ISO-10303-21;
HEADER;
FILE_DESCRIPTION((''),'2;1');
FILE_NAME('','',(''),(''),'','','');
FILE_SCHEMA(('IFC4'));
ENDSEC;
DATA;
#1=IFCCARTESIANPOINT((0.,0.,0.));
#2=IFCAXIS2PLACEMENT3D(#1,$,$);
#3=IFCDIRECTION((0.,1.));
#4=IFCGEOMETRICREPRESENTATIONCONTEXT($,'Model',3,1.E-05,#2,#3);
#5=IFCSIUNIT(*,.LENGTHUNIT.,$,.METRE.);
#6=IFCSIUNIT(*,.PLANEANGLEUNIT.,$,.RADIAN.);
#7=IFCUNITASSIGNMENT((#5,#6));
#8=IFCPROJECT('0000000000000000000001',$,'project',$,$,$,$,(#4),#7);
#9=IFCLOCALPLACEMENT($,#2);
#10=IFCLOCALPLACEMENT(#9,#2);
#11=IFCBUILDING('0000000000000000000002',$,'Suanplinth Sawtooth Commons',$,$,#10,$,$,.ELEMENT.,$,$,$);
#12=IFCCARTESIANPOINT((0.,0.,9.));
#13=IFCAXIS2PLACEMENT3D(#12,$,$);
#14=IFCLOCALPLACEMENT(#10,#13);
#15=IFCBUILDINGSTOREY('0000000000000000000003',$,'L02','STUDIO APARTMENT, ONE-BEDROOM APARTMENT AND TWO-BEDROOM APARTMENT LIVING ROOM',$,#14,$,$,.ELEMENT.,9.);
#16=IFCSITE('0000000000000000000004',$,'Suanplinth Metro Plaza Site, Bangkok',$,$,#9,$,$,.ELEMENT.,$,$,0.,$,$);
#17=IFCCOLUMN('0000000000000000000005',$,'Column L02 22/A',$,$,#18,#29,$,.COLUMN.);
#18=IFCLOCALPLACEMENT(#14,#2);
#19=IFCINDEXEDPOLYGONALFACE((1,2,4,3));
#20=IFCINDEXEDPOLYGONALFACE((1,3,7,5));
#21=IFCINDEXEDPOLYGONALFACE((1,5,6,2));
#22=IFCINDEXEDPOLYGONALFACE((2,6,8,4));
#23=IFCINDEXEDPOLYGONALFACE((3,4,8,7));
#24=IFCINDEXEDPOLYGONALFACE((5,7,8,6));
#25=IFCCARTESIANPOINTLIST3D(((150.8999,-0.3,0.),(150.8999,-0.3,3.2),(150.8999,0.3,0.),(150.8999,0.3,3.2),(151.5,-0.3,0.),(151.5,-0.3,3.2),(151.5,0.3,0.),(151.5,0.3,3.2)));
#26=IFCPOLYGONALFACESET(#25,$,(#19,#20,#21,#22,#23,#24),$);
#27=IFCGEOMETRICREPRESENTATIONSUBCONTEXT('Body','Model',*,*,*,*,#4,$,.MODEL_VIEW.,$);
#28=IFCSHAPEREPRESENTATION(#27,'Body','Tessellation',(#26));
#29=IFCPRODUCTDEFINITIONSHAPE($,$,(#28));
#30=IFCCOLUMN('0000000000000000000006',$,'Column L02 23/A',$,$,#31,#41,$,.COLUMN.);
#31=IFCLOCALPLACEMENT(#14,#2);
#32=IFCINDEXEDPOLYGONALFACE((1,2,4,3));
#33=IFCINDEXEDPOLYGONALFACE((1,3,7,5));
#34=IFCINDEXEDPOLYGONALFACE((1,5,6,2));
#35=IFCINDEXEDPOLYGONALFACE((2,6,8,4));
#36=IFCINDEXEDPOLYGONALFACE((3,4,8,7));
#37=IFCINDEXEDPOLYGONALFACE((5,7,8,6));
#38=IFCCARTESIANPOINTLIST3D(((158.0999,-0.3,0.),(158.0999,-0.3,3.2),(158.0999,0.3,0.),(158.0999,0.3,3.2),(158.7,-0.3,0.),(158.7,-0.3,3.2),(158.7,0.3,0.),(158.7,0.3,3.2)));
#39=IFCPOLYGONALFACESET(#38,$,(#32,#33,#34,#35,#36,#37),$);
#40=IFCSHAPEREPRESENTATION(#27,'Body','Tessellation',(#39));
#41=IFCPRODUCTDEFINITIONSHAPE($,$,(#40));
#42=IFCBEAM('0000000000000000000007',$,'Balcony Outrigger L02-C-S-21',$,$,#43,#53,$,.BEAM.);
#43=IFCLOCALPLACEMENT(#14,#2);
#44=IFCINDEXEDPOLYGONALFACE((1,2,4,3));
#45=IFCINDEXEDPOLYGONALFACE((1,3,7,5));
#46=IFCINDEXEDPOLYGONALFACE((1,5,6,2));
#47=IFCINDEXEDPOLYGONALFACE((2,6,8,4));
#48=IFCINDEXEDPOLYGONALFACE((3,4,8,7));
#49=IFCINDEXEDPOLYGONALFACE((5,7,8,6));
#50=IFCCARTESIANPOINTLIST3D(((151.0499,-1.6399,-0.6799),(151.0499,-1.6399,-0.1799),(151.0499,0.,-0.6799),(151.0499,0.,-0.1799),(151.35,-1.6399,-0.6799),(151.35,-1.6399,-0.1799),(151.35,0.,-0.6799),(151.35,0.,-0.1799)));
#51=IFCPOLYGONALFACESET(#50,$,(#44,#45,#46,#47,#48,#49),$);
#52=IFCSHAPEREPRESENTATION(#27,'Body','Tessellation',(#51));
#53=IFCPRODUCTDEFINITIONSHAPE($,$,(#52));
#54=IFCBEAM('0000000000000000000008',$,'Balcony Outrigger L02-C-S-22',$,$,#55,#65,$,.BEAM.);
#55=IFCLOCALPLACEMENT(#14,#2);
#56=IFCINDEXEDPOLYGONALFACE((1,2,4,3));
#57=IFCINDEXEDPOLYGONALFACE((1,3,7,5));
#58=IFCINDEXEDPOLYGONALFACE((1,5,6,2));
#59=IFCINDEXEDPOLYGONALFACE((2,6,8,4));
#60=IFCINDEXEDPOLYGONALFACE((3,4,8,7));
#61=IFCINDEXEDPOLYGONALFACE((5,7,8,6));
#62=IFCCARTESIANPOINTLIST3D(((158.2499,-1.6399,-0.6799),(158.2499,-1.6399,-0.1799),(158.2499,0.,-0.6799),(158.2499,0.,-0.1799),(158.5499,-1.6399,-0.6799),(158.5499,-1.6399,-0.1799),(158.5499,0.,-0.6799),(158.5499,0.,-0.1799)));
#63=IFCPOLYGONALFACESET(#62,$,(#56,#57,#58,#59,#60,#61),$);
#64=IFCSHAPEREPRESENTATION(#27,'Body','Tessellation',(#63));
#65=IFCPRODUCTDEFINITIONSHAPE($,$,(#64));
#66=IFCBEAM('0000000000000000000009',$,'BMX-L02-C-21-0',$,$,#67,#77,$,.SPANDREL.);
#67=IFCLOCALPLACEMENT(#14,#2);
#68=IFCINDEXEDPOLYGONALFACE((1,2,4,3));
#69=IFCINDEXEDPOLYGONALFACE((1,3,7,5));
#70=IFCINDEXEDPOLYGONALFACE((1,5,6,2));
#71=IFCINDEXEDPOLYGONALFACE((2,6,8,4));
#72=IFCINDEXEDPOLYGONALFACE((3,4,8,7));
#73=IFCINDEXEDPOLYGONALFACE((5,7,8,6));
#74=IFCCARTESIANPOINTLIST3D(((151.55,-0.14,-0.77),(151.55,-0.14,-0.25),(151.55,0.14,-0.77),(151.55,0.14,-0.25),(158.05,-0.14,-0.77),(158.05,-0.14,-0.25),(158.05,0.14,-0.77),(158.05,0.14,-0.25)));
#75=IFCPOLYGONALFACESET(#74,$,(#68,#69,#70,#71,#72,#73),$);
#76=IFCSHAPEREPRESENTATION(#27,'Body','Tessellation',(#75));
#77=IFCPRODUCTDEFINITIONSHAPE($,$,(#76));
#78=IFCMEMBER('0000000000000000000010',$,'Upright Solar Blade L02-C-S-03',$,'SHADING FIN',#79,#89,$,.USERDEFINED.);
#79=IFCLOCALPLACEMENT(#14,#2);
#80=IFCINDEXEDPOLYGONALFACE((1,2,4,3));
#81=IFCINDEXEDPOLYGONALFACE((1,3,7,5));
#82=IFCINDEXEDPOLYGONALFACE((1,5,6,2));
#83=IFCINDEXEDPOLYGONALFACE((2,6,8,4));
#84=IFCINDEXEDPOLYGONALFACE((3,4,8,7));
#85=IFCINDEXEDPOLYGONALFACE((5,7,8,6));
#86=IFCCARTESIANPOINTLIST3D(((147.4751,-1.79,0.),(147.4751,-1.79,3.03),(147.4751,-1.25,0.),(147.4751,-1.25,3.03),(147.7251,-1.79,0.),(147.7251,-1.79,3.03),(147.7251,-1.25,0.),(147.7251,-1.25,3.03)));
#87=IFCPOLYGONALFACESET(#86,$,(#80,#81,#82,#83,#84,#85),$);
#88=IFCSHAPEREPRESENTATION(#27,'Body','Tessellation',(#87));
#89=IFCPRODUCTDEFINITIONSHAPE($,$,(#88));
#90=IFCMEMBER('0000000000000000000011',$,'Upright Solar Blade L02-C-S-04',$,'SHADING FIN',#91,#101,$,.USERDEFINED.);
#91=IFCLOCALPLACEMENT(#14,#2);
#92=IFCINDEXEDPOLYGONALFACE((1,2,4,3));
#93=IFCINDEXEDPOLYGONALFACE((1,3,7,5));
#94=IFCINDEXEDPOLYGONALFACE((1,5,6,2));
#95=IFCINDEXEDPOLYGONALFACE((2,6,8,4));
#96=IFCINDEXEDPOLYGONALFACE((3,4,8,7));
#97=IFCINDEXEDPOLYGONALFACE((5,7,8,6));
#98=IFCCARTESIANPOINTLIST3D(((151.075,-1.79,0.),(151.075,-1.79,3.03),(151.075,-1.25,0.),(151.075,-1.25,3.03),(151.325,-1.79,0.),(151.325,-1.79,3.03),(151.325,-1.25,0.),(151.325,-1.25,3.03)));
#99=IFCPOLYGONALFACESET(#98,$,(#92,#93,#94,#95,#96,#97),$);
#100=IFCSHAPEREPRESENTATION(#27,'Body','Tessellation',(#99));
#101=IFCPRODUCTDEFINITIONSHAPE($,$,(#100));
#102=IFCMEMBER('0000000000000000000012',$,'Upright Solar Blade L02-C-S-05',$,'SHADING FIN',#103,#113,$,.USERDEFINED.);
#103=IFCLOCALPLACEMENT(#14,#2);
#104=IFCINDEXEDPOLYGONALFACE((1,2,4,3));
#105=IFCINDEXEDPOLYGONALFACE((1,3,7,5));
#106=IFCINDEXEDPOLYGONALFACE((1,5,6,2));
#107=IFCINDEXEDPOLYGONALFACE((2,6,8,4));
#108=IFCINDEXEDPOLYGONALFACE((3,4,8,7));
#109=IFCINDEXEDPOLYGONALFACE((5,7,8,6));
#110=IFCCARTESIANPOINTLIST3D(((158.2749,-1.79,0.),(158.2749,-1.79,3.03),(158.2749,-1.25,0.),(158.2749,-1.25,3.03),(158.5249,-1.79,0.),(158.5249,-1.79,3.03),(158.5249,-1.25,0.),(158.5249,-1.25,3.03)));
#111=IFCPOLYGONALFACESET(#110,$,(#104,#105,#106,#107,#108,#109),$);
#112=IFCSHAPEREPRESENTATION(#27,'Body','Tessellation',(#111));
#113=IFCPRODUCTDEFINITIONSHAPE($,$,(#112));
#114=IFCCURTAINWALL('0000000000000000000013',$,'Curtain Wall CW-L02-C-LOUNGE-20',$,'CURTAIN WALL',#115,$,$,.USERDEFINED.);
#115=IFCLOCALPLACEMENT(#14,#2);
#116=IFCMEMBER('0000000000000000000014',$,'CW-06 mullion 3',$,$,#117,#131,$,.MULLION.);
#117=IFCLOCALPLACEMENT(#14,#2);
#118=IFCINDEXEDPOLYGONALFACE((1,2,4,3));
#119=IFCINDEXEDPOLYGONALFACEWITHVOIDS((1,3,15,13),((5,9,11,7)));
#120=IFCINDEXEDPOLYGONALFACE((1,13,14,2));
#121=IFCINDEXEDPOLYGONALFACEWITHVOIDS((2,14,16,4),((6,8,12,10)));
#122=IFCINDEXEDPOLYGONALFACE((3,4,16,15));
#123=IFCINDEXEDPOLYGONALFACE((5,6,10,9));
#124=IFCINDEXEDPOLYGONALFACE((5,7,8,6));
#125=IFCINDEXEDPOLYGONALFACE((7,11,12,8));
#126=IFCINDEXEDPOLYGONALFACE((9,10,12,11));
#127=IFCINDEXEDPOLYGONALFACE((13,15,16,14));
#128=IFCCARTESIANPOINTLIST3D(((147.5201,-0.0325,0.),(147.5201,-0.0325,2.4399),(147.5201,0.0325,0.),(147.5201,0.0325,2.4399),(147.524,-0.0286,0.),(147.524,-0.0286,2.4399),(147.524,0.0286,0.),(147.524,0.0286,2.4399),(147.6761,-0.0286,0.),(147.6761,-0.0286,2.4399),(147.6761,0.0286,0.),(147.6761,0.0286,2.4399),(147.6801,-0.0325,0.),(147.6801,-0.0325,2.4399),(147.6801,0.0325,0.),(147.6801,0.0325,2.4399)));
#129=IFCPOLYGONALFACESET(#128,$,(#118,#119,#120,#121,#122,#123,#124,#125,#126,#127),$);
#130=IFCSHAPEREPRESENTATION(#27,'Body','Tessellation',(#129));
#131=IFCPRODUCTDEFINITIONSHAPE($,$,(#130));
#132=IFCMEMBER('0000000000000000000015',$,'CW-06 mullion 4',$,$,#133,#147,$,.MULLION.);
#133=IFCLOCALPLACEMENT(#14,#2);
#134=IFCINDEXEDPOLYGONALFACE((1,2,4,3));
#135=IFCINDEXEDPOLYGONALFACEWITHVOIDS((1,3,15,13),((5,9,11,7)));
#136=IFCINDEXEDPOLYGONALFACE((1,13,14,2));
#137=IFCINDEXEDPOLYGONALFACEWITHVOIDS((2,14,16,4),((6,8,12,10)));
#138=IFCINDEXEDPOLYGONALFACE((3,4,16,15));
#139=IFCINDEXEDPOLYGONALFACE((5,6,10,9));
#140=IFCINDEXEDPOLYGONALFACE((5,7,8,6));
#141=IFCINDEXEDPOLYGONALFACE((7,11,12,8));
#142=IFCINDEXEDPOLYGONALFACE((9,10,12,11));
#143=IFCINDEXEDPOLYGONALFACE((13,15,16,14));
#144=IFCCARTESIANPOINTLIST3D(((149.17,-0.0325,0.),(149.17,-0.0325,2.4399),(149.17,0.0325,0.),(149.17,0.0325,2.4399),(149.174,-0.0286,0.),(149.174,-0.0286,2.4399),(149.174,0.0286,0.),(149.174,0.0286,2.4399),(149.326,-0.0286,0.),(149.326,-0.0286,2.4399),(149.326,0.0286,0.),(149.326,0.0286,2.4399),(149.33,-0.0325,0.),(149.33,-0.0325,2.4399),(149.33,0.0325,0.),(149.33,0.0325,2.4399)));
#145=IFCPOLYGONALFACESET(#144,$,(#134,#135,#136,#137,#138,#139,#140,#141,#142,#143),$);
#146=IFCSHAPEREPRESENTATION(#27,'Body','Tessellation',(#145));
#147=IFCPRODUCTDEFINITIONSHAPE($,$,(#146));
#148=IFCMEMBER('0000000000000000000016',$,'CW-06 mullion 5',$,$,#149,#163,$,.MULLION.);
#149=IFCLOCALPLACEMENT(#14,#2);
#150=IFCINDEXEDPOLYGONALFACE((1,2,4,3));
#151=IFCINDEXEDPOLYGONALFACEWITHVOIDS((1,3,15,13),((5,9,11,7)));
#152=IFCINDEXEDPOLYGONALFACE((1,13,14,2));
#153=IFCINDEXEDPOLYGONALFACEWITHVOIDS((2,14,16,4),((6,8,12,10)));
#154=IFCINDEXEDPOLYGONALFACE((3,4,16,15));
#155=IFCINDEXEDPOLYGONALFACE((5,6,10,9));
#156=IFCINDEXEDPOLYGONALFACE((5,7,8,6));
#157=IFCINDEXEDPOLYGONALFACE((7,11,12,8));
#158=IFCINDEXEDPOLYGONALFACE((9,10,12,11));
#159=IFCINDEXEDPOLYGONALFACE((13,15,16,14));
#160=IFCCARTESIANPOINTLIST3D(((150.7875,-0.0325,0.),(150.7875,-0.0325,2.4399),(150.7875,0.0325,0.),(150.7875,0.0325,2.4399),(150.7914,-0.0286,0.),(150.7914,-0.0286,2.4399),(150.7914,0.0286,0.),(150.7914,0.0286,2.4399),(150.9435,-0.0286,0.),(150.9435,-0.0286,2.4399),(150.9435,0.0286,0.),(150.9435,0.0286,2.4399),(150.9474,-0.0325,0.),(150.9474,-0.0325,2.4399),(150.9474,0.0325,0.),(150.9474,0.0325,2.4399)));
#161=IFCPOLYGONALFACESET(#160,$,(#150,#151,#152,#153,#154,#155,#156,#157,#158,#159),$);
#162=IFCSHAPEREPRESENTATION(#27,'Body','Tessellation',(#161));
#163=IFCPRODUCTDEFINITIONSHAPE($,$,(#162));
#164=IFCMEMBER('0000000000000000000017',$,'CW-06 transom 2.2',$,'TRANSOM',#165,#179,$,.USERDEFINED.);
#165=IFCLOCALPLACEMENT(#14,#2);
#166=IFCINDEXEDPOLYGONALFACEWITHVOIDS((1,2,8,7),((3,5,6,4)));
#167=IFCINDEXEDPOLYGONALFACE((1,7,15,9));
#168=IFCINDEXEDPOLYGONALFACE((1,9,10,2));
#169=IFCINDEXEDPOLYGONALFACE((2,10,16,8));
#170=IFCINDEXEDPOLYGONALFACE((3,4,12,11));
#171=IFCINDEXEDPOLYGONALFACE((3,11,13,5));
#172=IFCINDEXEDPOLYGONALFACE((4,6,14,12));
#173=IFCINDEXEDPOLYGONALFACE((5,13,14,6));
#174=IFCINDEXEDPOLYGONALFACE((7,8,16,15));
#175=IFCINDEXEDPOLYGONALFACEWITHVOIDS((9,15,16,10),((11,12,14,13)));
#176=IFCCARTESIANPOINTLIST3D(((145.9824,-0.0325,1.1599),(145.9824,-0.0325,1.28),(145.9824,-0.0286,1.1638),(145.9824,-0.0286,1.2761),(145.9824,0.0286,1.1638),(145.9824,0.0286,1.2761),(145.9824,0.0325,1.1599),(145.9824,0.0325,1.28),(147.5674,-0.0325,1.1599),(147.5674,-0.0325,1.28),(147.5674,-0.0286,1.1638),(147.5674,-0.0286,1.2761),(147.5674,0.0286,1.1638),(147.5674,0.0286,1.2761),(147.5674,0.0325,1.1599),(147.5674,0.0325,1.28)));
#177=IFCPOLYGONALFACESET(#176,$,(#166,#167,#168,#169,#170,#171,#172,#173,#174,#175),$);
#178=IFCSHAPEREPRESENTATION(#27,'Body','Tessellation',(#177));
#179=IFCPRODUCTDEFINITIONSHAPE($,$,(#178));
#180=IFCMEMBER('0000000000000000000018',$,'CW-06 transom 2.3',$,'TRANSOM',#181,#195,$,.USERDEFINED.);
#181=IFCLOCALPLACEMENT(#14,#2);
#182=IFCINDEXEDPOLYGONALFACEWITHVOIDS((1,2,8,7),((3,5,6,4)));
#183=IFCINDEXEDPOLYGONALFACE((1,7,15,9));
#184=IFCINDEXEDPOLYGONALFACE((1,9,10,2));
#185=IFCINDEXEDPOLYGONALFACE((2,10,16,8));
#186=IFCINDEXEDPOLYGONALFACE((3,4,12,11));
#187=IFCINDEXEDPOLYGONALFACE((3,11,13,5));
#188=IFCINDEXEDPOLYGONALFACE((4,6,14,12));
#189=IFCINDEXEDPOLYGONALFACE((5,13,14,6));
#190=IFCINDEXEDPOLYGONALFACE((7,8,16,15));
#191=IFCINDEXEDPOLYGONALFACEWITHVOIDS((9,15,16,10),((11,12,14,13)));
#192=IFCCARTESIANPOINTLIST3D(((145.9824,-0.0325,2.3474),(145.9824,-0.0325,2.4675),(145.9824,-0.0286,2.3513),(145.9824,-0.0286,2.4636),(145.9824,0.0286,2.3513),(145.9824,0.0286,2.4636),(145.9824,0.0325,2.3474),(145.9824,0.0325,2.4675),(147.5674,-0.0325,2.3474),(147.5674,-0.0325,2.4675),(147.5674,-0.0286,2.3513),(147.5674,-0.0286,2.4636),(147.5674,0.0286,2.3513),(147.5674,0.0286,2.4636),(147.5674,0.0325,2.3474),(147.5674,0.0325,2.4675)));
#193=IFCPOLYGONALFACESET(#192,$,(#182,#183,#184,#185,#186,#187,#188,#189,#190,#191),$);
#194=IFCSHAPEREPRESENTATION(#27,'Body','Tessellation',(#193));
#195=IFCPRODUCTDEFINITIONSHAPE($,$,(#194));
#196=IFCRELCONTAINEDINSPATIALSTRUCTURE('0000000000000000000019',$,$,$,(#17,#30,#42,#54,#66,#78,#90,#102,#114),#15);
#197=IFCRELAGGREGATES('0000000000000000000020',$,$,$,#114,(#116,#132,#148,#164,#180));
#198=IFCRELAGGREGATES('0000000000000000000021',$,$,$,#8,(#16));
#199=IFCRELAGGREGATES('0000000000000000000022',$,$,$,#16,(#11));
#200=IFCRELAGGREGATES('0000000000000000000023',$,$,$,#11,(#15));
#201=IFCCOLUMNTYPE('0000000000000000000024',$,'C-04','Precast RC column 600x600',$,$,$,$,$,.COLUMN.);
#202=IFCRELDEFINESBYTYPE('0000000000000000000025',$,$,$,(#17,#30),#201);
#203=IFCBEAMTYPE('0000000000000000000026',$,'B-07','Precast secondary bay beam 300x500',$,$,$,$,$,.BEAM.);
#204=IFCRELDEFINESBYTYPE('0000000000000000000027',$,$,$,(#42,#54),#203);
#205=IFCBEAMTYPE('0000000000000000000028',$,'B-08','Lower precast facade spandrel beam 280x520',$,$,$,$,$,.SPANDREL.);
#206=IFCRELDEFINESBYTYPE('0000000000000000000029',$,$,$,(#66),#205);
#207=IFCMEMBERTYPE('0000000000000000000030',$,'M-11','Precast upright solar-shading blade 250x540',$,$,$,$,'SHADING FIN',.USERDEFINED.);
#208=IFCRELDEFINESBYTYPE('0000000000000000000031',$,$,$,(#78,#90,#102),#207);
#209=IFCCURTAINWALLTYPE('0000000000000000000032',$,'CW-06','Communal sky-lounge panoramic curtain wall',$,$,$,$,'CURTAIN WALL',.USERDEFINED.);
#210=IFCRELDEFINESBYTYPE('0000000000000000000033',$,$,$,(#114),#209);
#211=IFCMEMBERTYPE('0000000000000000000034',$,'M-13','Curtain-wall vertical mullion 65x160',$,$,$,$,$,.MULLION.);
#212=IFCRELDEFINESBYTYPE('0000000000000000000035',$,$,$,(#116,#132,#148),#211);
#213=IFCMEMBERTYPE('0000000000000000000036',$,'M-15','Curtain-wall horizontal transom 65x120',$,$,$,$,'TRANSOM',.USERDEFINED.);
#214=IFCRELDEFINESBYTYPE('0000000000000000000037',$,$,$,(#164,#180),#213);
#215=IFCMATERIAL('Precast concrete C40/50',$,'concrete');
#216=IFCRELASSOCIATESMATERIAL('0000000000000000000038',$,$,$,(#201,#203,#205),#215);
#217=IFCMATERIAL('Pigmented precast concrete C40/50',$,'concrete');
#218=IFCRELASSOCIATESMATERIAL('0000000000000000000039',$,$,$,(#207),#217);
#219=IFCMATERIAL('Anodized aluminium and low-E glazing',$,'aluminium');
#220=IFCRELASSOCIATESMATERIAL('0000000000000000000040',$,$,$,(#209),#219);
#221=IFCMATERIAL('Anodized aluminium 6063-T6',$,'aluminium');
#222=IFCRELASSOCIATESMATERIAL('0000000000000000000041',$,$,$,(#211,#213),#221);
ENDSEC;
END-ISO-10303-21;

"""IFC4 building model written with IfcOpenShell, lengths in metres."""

from ifc_helpers import new_model, si_unit, direction, frame, origin, origin_2d, place, context, subcontext, project, spatial, rectangle, hollow_rectangle, extrude, material, material_profile, profile_set, type_object, element, aggregate, save


model = new_model("IFC4")

# Units and contexts
model_context = context("Model", 3, precision=1e-05, world=origin(), true_north=direction((0.0, 1.0)))
body_context = subcontext(model_context, "Body", "Model", "MODEL_VIEW")
ifc_project = project(units=[si_unit("LENGTHUNIT", "METRE"), si_unit("PLANEANGLEUNIT", "RADIAN")], contexts=[model_context])

# Site, building, storey
site_placement = place(None, origin())
site = spatial("IfcSite", under=ifc_project, at=site_placement, Name="Suanplinth Metro Plaza Site, Bangkok", CompositionType="ELEMENT", RefElevation=0.0)
building_placement = place(site_placement, origin())
building = spatial("IfcBuilding", under=site, at=building_placement, Name="Suanplinth Sawtooth Commons", CompositionType="ELEMENT")
storey_placement = place(building_placement, frame((0.0, 0.0, 9.0)))
storey = spatial("IfcBuildingStorey", under=building, at=storey_placement, Name="L02", Description="STUDIO APARTMENT, ONE-BEDROOM APARTMENT AND TWO-BEDROOM APARTMENT LIVING ROOM", CompositionType="ELEMENT", Elevation=9.0)

# Columns
ifc_material_1 = material(Name="Precast concrete C40/50", Category="concrete")
ifc_material_profile_1 = material_profile(ifc_material_1, rectangle(XDim=0.6001, YDim=0.6001, at=origin_2d()), Name="PC-COL 600x600")
ifc_profile_set_1 = profile_set([ifc_material_profile_1], Name="Precast concrete C40/50")
column_type = type_object("IfcColumnType", Name="C-04", Description="Precast RC column 600x600", PredefinedType="COLUMN", material=ifc_profile_set_1)
for number, where, z_axis, x_axis, name in (
    (1, (151.2, 0.0, 0.0), (0.0, 0.0, 1.0), (1.0, 0.0, 0.0), "Column L02 22/A"),
    (2, (158.3999, 0.0, 0.0), (0.0, 0.0, 1.0), (1.0, 0.0, 0.0), "Column L02 23/A"),
):
    element("IfcColumn", number, at=place(storey_placement, frame(where, z_axis=z_axis, x_axis=x_axis)), inside=storey, type_object=column_type, Name=name, PredefinedType="COLUMN", context=body_context, shape_type="SweptSolid", body=[
        extrude(rectangle(XDim=0.6001, YDim=0.6001, at=origin_2d()), origin(), (0.0, 0.0, 1.0), 3.2),
    ])

# Beams
ifc_material_profile_2 = material_profile(ifc_material_1, rectangle(XDim=0.3, YDim=0.5, at=origin_2d()), Name="PC-BM 300x500")
ifc_profile_set_2 = profile_set([ifc_material_profile_2], Name="Precast concrete C40/50")
beam_type_1 = type_object("IfcBeamType", Name="B-07", Description="Precast secondary bay beam 300x500", PredefinedType="BEAM", material=ifc_profile_set_2)
for number, where, z_axis, x_axis, name in (
    (3, (151.2, 0.0, -0.4299), (0.0, -1.0, 0.0), (1.0, 0.0, 0.0), "Balcony Outrigger L02-C-S-21"),
    (4, (158.3999, 0.0, -0.4299), (0.0, -1.0, 0.0), (1.0, 0.0, 0.0), "Balcony Outrigger L02-C-S-22"),
):
    element("IfcBeam", number, at=place(storey_placement, frame(where, z_axis=z_axis, x_axis=x_axis)), inside=storey, type_object=beam_type_1, Name=name, PredefinedType="BEAM", context=body_context, shape_type="SweptSolid", body=[
        extrude(rectangle(XDim=0.3, YDim=0.5, at=origin_2d()), origin(), (0.0, 0.0, 1.0), 1.6399),
    ])
ifc_material_profile_3 = material_profile(ifc_material_1, rectangle(XDim=0.28, YDim=0.52, at=origin_2d()), Name="PC-SP 280x520")
ifc_profile_set_3 = profile_set([ifc_material_profile_3], Name="Precast concrete C40/50")
beam_type_2 = type_object("IfcBeamType", Name="B-08", Description="Lower precast facade spandrel beam 280x520", PredefinedType="SPANDREL", material=ifc_profile_set_3)
beam_placement = place(storey_placement, frame((151.55, 0.0, -0.51), z_axis=(1.0, 0.0, 0.0), x_axis=(0.0, 1.0, 0.0)))
element("IfcBeam", 5, at=beam_placement, inside=storey, type_object=beam_type_2, Name="BMX-L02-C-21-0", PredefinedType="SPANDREL", context=body_context, shape_type="SweptSolid", body=[
    extrude(rectangle(XDim=0.28, YDim=0.52, at=origin_2d()), origin(), (0.0, 0.0, 1.0), 6.5),
])

# Members
ifc_material_2 = material(Name="Pigmented precast concrete C40/50", Category="concrete")
ifc_material_profile_4 = material_profile(ifc_material_2, rectangle(XDim=0.25, YDim=0.54, at=origin_2d()), Name="PC-FIN 250x540")
ifc_profile_set_4 = profile_set([ifc_material_profile_4], Name="Pigmented precast concrete C40/50")
member_type_1 = type_object("IfcMemberType", Name="M-11", Description="Precast upright solar-shading blade 250x540", ElementType="SHADING FIN", PredefinedType="USERDEFINED", material=ifc_profile_set_4)
for number, where, z_axis, x_axis, name in (
    (6, (147.6001, -1.52, 0.0), (0.0, 0.0, 1.0), (1.0, 0.0, 0.0), "Upright Solar Blade L02-C-S-03"),
    (7, (151.2, -1.52, 0.0), (0.0, 0.0, 1.0), (1.0, 0.0, 0.0), "Upright Solar Blade L02-C-S-04"),
    (8, (158.3999, -1.52, 0.0), (0.0, 0.0, 1.0), (1.0, 0.0, 0.0), "Upright Solar Blade L02-C-S-05"),
):
    element("IfcMember", number, at=place(storey_placement, frame(where, z_axis=z_axis, x_axis=x_axis)), inside=storey, type_object=member_type_1, Name=name, ObjectType="SHADING FIN", PredefinedType="USERDEFINED", context=body_context, shape_type="SweptSolid", body=[
        extrude(rectangle(XDim=0.25, YDim=0.54, at=origin_2d()), origin(), (0.0, 0.0, 1.0), 3.03),
    ])

# Curtain wall, members
ifc_material_3 = material(Name="Anodized aluminium and low-E glazing", Category="aluminium")
curtain_wall_type = type_object("IfcCurtainWallType", Name="CW-06", Description="Communal sky-lounge panoramic curtain wall", ElementType="CURTAIN WALL", PredefinedType="USERDEFINED", material=ifc_material_3)
curtain_wall_placement = place(storey_placement, origin())
curtain_wall = element("IfcCurtainWall", 9, at=curtain_wall_placement, inside=storey, type_object=curtain_wall_type, Name="Curtain Wall CW-L02-C-LOUNGE-20", ObjectType="CURTAIN WALL", PredefinedType="USERDEFINED")
ifc_material_4 = material(Name="Anodized aluminium 6063-T6", Category="aluminium")
ifc_material_profile_5 = material_profile(ifc_material_4, hollow_rectangle(XDim=0.0649, YDim=0.1599, WallThickness=0.0039, at=origin_2d()), Name="ALU-MUL 65x160")
ifc_profile_set_5 = profile_set([ifc_material_profile_5], Name="Anodized aluminium 6063-T6")
member_type_2 = type_object("IfcMemberType", Name="M-13", Description="Curtain-wall vertical mullion 65x160", PredefinedType="MULLION", material=ifc_profile_set_5)
member_1_placement = place(storey_placement, frame((147.6001, 0.0, 0.0), z_axis=(0.0, 0.0, 1.0), x_axis=(0.0, 1.0, 0.0)))
member_1 = element("IfcMember", 10, at=member_1_placement, type_object=member_type_2, Name="CW-06 mullion 3", PredefinedType="MULLION", context=body_context, shape_type="SweptSolid", body=[
    extrude(hollow_rectangle(XDim=0.0649, YDim=0.1599, WallThickness=0.0039, at=origin_2d()), origin(), (0.0, 0.0, 1.0), 2.4399),
])
member_2_placement = place(storey_placement, frame((149.25, 0.0, 0.0), z_axis=(0.0, 0.0, 1.0), x_axis=(0.0, 1.0, 0.0)))
member_2 = element("IfcMember", 11, at=member_2_placement, type_object=member_type_2, Name="CW-06 mullion 4", PredefinedType="MULLION", context=body_context, shape_type="SweptSolid", body=[
    extrude(hollow_rectangle(XDim=0.0649, YDim=0.1599, WallThickness=0.0039, at=origin_2d()), origin(), (0.0, 0.0, 1.0), 2.4399),
])
member_3_placement = place(storey_placement, frame((150.8674, 0.0, 0.0), z_axis=(0.0, 0.0, 1.0), x_axis=(0.0, 1.0, 0.0)))
member_3 = element("IfcMember", 12, at=member_3_placement, type_object=member_type_2, Name="CW-06 mullion 5", PredefinedType="MULLION", context=body_context, shape_type="SweptSolid", body=[
    extrude(hollow_rectangle(XDim=0.0649, YDim=0.1599, WallThickness=0.0039, at=origin_2d()), origin(), (0.0, 0.0, 1.0), 2.4399),
])
ifc_material_profile_6 = material_profile(ifc_material_4, hollow_rectangle(XDim=0.0649, YDim=0.1201, WallThickness=0.0039, at=origin_2d()), Name="ALU-TRN 65x120")
ifc_profile_set_6 = profile_set([ifc_material_profile_6], Name="Anodized aluminium 6063-T6")
member_type_3 = type_object("IfcMemberType", Name="M-15", Description="Curtain-wall horizontal transom 65x120", ElementType="TRANSOM", PredefinedType="USERDEFINED", material=ifc_profile_set_6)
member_4_placement = place(storey_placement, frame((145.9824, 0.0, 1.22), z_axis=(1.0, 0.0, 0.0), x_axis=(0.0, 1.0, 0.0)))
member_4 = element("IfcMember", 13, at=member_4_placement, type_object=member_type_3, Name="CW-06 transom 2.2", ObjectType="TRANSOM", PredefinedType="USERDEFINED", context=body_context, shape_type="SweptSolid", body=[
    extrude(hollow_rectangle(XDim=0.0649, YDim=0.1201, WallThickness=0.0039, at=origin_2d()), origin(), (0.0, 0.0, 1.0), 1.585),
])
member_5_placement = place(storey_placement, frame((145.9824, 0.0, 2.4075), z_axis=(1.0, 0.0, 0.0), x_axis=(0.0, 1.0, 0.0)))
member_5 = element("IfcMember", 14, at=member_5_placement, type_object=member_type_3, Name="CW-06 transom 2.3", ObjectType="TRANSOM", PredefinedType="USERDEFINED", context=body_context, shape_type="SweptSolid", body=[
    extrude(hollow_rectangle(XDim=0.0649, YDim=0.1201, WallThickness=0.0039, at=origin_2d()), origin(), (0.0, 0.0, 1.0), 1.585),
])
aggregate(curtain_wall, [member_1, member_2, member_3, member_4, member_5])

save(model, "model.ifc")
